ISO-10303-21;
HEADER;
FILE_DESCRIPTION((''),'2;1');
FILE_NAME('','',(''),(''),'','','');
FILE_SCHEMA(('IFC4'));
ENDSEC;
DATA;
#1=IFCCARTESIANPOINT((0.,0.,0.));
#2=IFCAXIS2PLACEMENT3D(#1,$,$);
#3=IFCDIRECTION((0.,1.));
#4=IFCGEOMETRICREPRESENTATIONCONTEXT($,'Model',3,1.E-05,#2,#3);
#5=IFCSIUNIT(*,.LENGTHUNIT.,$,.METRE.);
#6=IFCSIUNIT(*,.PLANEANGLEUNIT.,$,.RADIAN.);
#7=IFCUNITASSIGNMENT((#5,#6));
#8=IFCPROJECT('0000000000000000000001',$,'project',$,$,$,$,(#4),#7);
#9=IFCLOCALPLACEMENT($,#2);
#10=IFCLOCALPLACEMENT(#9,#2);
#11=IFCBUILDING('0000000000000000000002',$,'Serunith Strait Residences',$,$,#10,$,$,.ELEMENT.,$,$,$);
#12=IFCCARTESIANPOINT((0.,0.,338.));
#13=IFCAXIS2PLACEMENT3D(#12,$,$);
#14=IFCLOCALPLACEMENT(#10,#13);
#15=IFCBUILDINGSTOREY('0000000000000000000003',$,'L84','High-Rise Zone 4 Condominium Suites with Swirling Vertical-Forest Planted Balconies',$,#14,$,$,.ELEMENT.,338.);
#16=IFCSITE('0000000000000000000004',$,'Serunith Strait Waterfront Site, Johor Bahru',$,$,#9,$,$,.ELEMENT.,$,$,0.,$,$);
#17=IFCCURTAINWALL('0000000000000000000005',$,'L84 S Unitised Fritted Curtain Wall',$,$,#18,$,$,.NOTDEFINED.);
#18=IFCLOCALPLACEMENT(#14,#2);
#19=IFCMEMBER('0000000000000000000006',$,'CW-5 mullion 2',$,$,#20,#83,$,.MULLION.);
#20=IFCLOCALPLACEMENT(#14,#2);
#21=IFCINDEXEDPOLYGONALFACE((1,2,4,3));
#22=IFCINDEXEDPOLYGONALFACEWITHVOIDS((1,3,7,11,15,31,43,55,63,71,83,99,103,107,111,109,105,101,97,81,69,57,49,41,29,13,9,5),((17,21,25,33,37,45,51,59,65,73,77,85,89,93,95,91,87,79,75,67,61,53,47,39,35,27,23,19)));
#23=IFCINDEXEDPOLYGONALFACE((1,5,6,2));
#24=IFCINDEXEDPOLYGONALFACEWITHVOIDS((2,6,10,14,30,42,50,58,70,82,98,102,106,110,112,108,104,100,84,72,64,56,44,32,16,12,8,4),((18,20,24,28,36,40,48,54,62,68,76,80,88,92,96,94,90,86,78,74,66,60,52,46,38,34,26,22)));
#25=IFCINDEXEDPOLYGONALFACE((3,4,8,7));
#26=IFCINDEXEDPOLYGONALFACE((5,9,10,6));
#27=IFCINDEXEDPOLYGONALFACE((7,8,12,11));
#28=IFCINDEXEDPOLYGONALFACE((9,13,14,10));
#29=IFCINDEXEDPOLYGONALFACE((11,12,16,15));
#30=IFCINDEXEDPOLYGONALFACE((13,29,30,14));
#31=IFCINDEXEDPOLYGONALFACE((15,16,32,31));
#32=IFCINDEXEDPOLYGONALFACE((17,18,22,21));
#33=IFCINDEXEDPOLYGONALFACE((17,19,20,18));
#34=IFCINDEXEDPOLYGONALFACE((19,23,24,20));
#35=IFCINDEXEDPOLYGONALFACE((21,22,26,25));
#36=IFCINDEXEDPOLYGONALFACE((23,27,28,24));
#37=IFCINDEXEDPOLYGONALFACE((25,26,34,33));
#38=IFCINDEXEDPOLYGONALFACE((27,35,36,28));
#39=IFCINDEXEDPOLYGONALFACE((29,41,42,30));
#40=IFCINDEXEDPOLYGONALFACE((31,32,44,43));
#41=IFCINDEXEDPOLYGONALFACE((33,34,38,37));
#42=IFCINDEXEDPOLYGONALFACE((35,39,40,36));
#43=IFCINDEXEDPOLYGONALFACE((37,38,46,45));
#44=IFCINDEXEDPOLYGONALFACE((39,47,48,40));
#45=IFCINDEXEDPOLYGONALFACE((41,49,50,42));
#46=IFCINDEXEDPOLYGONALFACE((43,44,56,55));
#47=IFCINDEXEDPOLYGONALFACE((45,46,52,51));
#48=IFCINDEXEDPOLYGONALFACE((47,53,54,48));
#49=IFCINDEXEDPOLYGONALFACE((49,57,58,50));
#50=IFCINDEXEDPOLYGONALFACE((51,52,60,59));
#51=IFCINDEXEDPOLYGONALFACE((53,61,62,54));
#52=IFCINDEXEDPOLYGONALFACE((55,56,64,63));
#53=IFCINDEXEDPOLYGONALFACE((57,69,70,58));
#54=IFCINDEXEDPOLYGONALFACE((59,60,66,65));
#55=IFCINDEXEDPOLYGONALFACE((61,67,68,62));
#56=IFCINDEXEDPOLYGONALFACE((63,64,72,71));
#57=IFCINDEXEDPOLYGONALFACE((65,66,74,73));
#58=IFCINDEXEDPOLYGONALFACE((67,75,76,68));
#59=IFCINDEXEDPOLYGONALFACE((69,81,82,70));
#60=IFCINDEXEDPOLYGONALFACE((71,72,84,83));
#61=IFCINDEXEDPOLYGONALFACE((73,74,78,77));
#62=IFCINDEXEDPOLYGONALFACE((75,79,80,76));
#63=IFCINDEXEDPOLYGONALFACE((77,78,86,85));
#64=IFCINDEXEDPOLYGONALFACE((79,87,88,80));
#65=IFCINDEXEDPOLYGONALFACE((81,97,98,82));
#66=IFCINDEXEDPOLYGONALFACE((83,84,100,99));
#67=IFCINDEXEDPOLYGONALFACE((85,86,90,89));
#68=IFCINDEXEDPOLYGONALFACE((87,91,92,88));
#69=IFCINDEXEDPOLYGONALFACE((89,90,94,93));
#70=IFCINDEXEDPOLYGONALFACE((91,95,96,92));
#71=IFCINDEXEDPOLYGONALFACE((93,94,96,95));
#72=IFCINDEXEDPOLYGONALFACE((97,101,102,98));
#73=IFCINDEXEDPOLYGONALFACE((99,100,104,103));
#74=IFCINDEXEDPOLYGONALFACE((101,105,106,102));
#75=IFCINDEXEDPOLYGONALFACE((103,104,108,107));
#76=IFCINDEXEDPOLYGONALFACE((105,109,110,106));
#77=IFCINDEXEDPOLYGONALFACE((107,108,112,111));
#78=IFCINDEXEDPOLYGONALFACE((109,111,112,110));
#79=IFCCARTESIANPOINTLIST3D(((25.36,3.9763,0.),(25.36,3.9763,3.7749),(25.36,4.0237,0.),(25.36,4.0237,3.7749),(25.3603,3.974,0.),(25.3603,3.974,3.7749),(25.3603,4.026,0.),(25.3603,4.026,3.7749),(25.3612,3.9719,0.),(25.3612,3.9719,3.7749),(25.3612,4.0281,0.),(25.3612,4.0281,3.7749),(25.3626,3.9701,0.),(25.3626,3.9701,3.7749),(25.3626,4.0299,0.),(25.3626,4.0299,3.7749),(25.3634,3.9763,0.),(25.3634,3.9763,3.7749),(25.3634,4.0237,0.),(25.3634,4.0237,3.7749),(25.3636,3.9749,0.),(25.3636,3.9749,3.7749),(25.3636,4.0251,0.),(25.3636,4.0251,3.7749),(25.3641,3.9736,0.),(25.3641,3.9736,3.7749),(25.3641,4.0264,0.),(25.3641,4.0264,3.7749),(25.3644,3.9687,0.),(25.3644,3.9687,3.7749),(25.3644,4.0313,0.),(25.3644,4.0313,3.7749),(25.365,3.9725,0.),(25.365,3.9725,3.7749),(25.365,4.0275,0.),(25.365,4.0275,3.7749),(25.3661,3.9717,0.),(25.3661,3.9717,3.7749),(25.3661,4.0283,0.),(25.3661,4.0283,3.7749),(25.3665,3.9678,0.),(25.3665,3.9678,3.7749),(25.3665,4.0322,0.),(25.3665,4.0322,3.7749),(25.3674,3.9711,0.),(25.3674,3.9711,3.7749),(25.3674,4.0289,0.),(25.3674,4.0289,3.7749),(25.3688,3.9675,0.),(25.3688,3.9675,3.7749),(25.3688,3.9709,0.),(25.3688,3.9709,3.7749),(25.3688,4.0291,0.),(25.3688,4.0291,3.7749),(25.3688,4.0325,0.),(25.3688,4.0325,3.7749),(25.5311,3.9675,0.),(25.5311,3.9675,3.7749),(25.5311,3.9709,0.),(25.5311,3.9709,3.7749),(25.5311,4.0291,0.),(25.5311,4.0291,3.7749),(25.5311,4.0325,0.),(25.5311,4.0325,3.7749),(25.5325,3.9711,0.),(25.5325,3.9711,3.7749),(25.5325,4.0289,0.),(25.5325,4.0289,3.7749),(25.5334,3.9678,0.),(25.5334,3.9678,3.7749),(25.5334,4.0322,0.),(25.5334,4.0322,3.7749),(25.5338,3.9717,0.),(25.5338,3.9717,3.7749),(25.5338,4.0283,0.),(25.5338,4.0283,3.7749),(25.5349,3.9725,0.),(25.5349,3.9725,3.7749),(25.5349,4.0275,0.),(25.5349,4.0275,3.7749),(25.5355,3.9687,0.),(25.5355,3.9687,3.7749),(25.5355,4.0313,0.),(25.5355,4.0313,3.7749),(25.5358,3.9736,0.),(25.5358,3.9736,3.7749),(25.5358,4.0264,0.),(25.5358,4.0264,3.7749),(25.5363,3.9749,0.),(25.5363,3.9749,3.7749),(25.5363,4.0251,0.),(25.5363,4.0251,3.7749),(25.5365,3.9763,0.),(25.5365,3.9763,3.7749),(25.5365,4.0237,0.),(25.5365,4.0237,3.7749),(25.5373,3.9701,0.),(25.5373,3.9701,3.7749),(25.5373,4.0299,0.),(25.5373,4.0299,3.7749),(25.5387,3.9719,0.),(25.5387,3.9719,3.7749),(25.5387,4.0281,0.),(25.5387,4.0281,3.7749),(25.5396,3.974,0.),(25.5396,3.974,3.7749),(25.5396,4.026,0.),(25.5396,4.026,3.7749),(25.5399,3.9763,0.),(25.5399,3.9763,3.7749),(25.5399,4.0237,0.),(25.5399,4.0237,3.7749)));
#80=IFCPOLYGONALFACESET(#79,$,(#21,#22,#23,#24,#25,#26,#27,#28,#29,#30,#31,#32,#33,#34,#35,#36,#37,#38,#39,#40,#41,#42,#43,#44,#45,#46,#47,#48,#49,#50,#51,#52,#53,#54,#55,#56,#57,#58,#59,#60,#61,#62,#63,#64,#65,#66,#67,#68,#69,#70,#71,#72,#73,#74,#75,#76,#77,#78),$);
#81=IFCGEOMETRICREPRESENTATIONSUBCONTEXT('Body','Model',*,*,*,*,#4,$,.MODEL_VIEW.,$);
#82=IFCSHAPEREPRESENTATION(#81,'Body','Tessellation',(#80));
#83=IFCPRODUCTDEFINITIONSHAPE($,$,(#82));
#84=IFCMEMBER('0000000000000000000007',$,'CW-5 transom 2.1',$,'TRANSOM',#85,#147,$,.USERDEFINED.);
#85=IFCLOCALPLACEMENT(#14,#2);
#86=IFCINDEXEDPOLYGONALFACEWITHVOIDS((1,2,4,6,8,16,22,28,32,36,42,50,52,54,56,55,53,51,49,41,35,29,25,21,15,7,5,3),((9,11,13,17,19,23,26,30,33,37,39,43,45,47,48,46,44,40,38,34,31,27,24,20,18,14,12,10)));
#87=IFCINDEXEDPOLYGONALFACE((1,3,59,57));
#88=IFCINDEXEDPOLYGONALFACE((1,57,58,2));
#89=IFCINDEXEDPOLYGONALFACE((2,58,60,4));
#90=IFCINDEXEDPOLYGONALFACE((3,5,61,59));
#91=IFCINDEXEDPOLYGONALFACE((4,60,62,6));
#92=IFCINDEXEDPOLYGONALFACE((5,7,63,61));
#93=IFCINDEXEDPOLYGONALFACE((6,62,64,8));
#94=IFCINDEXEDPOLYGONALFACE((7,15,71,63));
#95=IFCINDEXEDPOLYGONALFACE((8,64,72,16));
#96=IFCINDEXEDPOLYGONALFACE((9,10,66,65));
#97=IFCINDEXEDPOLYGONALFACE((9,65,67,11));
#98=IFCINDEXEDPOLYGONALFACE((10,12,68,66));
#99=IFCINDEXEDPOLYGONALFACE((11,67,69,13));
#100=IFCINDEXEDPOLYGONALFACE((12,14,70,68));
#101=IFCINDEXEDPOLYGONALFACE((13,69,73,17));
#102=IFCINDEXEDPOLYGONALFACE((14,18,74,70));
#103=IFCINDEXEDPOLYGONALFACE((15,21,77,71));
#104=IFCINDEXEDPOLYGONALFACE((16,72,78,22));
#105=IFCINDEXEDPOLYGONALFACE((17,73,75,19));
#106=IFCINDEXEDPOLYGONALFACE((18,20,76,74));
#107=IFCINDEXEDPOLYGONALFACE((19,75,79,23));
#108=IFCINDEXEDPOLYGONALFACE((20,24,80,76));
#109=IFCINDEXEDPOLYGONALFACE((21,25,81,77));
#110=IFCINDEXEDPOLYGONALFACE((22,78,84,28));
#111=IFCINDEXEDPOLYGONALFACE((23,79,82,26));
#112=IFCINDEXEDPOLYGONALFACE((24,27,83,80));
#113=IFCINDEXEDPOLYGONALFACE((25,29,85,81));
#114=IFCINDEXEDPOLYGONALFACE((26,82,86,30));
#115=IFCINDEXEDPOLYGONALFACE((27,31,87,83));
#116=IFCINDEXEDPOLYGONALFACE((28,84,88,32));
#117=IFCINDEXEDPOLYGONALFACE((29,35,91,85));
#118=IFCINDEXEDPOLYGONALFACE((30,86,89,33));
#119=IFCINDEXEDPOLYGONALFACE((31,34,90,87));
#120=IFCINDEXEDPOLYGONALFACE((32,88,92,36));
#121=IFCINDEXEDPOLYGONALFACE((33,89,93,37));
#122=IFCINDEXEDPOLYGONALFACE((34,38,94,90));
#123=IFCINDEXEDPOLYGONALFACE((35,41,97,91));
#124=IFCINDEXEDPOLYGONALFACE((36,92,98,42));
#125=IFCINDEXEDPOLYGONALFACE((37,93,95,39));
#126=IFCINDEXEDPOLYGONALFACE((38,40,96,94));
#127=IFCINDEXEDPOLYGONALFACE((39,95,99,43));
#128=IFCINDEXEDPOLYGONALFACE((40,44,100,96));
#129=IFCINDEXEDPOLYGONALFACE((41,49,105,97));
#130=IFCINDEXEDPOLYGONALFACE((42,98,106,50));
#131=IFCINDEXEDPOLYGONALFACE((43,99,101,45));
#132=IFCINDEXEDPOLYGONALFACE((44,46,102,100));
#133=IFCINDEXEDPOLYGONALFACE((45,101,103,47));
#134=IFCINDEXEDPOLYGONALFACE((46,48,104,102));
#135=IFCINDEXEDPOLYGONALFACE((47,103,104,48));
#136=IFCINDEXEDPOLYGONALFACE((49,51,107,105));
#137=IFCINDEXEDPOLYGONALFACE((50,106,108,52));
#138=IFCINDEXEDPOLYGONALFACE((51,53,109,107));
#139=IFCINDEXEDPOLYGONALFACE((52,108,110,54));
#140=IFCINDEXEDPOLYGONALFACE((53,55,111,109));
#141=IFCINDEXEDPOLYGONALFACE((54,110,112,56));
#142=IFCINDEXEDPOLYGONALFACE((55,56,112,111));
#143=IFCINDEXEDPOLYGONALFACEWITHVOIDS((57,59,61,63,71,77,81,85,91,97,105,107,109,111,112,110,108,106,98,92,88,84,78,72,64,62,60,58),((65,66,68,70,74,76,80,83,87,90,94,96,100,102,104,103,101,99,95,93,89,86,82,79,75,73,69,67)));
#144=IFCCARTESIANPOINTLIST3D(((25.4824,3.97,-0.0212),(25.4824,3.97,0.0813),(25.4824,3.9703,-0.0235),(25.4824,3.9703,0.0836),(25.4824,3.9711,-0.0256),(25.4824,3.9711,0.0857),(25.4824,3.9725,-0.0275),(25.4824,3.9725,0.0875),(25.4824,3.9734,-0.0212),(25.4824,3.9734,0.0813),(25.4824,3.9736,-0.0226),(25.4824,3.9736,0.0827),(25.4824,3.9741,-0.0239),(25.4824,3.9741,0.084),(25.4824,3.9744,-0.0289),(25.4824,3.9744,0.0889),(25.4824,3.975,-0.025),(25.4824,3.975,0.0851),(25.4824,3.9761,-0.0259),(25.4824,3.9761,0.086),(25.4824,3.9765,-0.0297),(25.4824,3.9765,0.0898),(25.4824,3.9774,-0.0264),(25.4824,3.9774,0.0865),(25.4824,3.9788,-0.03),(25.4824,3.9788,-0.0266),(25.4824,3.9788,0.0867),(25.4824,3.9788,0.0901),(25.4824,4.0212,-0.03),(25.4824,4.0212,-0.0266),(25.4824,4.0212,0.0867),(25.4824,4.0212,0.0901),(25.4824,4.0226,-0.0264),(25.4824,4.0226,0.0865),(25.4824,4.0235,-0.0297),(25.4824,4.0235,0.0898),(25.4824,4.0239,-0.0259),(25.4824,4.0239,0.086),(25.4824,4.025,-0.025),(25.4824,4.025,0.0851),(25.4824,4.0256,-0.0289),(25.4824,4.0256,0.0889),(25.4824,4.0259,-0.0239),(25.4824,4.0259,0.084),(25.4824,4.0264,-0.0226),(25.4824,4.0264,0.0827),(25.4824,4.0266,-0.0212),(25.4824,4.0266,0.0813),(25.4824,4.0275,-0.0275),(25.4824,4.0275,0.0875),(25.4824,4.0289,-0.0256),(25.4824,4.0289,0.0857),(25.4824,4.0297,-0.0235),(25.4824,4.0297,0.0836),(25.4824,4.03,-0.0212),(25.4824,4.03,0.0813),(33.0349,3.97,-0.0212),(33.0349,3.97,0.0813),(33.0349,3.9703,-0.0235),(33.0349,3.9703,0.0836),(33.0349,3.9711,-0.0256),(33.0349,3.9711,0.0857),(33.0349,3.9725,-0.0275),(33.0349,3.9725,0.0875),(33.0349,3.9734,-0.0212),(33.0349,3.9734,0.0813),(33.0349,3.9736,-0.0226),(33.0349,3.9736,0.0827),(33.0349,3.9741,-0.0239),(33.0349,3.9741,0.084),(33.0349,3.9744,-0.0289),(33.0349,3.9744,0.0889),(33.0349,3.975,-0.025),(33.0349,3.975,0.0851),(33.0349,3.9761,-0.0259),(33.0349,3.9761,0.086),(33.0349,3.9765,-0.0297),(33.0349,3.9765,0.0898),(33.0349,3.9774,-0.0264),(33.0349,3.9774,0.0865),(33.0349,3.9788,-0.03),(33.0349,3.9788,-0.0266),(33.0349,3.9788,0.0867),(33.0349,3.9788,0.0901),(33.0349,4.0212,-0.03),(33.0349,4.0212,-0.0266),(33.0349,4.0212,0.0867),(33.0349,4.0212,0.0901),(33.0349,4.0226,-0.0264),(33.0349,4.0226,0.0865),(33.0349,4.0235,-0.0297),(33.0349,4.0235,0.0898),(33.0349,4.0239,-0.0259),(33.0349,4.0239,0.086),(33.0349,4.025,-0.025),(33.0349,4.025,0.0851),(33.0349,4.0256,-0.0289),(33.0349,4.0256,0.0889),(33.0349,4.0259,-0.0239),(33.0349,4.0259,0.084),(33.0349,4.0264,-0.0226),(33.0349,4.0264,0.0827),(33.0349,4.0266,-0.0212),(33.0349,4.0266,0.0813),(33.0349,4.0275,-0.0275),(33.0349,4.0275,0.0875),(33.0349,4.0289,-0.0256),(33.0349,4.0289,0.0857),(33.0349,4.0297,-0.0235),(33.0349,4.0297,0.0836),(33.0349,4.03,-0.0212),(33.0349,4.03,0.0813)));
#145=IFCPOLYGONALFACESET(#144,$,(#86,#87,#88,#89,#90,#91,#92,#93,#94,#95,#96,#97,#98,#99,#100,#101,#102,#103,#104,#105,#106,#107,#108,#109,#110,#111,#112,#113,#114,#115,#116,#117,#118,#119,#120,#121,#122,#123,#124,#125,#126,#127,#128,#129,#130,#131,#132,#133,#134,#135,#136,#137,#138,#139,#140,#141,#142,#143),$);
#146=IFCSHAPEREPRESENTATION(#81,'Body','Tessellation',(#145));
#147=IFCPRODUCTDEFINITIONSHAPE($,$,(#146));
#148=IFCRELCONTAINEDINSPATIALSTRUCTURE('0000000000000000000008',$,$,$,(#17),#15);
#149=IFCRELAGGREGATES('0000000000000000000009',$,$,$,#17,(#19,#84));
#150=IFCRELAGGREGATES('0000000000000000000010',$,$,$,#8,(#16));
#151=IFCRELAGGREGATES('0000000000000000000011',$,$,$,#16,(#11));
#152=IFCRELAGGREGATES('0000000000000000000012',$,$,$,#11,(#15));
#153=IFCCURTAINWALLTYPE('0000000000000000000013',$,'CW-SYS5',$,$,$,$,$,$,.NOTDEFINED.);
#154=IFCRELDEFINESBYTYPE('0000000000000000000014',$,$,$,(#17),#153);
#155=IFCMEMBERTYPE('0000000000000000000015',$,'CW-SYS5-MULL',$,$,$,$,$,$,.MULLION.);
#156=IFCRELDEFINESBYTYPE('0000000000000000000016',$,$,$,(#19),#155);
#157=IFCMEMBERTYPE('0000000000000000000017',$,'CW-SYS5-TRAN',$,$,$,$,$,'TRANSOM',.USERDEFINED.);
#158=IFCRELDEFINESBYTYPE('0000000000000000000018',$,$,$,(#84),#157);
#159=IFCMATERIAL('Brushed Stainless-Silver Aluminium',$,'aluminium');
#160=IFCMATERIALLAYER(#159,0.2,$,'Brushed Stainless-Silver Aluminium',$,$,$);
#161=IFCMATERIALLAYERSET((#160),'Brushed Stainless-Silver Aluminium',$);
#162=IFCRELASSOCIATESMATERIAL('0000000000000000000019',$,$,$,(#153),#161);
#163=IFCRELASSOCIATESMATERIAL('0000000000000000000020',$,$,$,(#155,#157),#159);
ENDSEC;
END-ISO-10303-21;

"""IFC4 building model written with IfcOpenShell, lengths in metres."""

from ifc_helpers import new_model, si_unit, direction, frame, origin, origin_2d, place, context, subcontext, project, spatial, hollow_rectangle, extrude, source, transform, mapped, material, layer, layer_set, material_profile, profile_set, type_object, element, aggregate, save


model = new_model("IFC4")

# Units and contexts
model_context = context("Model", 3, precision=1e-05, world=origin(), true_north=direction((0.0, 1.0)))
body_context = subcontext(model_context, "Body", "Model", "MODEL_VIEW")
ifc_project = project(units=[si_unit("LENGTHUNIT", "METRE"), si_unit("PLANEANGLEUNIT", "RADIAN")], contexts=[model_context])

# Site, building, storey
site_placement = place(None, origin())
site = spatial("IfcSite", under=ifc_project, at=site_placement, Name="Serunith Strait Waterfront Site, Johor Bahru", CompositionType="ELEMENT", RefElevation=0.0)
building_placement = place(site_placement, origin())
building = spatial("IfcBuilding", under=site, at=building_placement, Name="Serunith Strait Residences", CompositionType="ELEMENT")
storey_placement = place(building_placement, frame((0.0, 0.0, 338.0)))
storey = spatial("IfcBuildingStorey", under=building, at=storey_placement, Name="L84", Description="High-Rise Zone 4 Condominium Suites with Swirling Vertical-Forest Planted Balconies", CompositionType="ELEMENT", Elevation=338.0)

# Curtain wall, members
ifc_material_1 = material(Name="Brushed Stainless-Silver Aluminium", Category="aluminium")
ifc_layer_1 = layer(ifc_material_1, 0.2, Name="Brushed Stainless-Silver Aluminium")
ifc_layer_set_1 = layer_set([ifc_layer_1], Name="Brushed Stainless-Silver Aluminium")
curtain_wall_type = type_object("IfcCurtainWallType", Name="CW-SYS5", PredefinedType="NOTDEFINED", material=ifc_layer_set_1)
curtain_wall_placement = place(storey_placement, origin())
curtain_wall = element("IfcCurtainWall", 1, at=curtain_wall_placement, inside=storey, type_object=curtain_wall_type, Name="L84 S Unitised Fritted Curtain Wall", PredefinedType="NOTDEFINED")
ifc_material_profile_1 = material_profile(ifc_material_1, hollow_rectangle(XDim=0.0649, YDim=0.1799, WallThickness=0.0034, InnerFilletRadius=0.0054, OuterFilletRadius=0.0088, at=origin_2d()), Name="ALU 180x65x3.5")
ifc_profile_set_1 = profile_set([ifc_material_profile_1], Name="Brushed Stainless-Silver Aluminium")
member_type_1 = type_object("IfcMemberType", Name="CW-SYS5-MULL", PredefinedType="MULLION", material=ifc_profile_set_1)
shared_shape_1 = source(origin(), body_context, "Body", "SweptSolid", [
    extrude(hollow_rectangle(XDim=0.0649, YDim=0.1799, WallThickness=0.0034, InnerFilletRadius=0.0054, OuterFilletRadius=0.0088, at=origin_2d()), origin(), (0.0, 0.0, 1.0), 3.7749),
])
member_1_placement = place(storey_placement, frame((25.45, 4.0, 0.0), z_axis=(0.0, 0.0, 1.0), x_axis=(0.0, 1.0, 0.0)))
member_1 = element("IfcMember", 2, at=member_1_placement, type_object=member_type_1, Name="CW-5 mullion 2", PredefinedType="MULLION", context=body_context, shape_type="MappedRepresentation", body=[
    mapped(shared_shape_1, transform((0.0, 0.0, 0.0), scale=1.0)),
])
ifc_material_profile_2 = material_profile(ifc_material_1, hollow_rectangle(XDim=0.0601, YDim=0.1201, WallThickness=0.0034, InnerFilletRadius=0.0054, OuterFilletRadius=0.0088, at=origin_2d()), Name="ALU 120x60x3.5")
ifc_profile_set_2 = profile_set([ifc_material_profile_2], Name="Brushed Stainless-Silver Aluminium")
member_type_2 = type_object("IfcMemberType", Name="CW-SYS5-TRAN", ElementType="TRANSOM", PredefinedType="USERDEFINED", material=ifc_profile_set_2)
shared_shape_2 = source(origin(), body_context, "Body", "SweptSolid", [
    extrude(hollow_rectangle(XDim=0.0601, YDim=0.1201, WallThickness=0.0034, InnerFilletRadius=0.0054, OuterFilletRadius=0.0088, at=origin_2d()), origin(), (0.0, 0.0, 1.0), 7.5525),
])
member_2_placement = place(storey_placement, frame((25.4824, 4.0, 0.03), z_axis=(1.0, 0.0, 0.0), x_axis=(0.0, 1.0, 0.0)))
member_2 = element("IfcMember", 3, at=member_2_placement, type_object=member_type_2, Name="CW-5 transom 2.1", ObjectType="TRANSOM", PredefinedType="USERDEFINED", context=body_context, shape_type="MappedRepresentation", body=[
    mapped(shared_shape_2, transform((0.0, 0.0, 0.0), scale=1.0)),
])
aggregate(curtain_wall, [member_1, member_2])

save(model, "model.ifc")
